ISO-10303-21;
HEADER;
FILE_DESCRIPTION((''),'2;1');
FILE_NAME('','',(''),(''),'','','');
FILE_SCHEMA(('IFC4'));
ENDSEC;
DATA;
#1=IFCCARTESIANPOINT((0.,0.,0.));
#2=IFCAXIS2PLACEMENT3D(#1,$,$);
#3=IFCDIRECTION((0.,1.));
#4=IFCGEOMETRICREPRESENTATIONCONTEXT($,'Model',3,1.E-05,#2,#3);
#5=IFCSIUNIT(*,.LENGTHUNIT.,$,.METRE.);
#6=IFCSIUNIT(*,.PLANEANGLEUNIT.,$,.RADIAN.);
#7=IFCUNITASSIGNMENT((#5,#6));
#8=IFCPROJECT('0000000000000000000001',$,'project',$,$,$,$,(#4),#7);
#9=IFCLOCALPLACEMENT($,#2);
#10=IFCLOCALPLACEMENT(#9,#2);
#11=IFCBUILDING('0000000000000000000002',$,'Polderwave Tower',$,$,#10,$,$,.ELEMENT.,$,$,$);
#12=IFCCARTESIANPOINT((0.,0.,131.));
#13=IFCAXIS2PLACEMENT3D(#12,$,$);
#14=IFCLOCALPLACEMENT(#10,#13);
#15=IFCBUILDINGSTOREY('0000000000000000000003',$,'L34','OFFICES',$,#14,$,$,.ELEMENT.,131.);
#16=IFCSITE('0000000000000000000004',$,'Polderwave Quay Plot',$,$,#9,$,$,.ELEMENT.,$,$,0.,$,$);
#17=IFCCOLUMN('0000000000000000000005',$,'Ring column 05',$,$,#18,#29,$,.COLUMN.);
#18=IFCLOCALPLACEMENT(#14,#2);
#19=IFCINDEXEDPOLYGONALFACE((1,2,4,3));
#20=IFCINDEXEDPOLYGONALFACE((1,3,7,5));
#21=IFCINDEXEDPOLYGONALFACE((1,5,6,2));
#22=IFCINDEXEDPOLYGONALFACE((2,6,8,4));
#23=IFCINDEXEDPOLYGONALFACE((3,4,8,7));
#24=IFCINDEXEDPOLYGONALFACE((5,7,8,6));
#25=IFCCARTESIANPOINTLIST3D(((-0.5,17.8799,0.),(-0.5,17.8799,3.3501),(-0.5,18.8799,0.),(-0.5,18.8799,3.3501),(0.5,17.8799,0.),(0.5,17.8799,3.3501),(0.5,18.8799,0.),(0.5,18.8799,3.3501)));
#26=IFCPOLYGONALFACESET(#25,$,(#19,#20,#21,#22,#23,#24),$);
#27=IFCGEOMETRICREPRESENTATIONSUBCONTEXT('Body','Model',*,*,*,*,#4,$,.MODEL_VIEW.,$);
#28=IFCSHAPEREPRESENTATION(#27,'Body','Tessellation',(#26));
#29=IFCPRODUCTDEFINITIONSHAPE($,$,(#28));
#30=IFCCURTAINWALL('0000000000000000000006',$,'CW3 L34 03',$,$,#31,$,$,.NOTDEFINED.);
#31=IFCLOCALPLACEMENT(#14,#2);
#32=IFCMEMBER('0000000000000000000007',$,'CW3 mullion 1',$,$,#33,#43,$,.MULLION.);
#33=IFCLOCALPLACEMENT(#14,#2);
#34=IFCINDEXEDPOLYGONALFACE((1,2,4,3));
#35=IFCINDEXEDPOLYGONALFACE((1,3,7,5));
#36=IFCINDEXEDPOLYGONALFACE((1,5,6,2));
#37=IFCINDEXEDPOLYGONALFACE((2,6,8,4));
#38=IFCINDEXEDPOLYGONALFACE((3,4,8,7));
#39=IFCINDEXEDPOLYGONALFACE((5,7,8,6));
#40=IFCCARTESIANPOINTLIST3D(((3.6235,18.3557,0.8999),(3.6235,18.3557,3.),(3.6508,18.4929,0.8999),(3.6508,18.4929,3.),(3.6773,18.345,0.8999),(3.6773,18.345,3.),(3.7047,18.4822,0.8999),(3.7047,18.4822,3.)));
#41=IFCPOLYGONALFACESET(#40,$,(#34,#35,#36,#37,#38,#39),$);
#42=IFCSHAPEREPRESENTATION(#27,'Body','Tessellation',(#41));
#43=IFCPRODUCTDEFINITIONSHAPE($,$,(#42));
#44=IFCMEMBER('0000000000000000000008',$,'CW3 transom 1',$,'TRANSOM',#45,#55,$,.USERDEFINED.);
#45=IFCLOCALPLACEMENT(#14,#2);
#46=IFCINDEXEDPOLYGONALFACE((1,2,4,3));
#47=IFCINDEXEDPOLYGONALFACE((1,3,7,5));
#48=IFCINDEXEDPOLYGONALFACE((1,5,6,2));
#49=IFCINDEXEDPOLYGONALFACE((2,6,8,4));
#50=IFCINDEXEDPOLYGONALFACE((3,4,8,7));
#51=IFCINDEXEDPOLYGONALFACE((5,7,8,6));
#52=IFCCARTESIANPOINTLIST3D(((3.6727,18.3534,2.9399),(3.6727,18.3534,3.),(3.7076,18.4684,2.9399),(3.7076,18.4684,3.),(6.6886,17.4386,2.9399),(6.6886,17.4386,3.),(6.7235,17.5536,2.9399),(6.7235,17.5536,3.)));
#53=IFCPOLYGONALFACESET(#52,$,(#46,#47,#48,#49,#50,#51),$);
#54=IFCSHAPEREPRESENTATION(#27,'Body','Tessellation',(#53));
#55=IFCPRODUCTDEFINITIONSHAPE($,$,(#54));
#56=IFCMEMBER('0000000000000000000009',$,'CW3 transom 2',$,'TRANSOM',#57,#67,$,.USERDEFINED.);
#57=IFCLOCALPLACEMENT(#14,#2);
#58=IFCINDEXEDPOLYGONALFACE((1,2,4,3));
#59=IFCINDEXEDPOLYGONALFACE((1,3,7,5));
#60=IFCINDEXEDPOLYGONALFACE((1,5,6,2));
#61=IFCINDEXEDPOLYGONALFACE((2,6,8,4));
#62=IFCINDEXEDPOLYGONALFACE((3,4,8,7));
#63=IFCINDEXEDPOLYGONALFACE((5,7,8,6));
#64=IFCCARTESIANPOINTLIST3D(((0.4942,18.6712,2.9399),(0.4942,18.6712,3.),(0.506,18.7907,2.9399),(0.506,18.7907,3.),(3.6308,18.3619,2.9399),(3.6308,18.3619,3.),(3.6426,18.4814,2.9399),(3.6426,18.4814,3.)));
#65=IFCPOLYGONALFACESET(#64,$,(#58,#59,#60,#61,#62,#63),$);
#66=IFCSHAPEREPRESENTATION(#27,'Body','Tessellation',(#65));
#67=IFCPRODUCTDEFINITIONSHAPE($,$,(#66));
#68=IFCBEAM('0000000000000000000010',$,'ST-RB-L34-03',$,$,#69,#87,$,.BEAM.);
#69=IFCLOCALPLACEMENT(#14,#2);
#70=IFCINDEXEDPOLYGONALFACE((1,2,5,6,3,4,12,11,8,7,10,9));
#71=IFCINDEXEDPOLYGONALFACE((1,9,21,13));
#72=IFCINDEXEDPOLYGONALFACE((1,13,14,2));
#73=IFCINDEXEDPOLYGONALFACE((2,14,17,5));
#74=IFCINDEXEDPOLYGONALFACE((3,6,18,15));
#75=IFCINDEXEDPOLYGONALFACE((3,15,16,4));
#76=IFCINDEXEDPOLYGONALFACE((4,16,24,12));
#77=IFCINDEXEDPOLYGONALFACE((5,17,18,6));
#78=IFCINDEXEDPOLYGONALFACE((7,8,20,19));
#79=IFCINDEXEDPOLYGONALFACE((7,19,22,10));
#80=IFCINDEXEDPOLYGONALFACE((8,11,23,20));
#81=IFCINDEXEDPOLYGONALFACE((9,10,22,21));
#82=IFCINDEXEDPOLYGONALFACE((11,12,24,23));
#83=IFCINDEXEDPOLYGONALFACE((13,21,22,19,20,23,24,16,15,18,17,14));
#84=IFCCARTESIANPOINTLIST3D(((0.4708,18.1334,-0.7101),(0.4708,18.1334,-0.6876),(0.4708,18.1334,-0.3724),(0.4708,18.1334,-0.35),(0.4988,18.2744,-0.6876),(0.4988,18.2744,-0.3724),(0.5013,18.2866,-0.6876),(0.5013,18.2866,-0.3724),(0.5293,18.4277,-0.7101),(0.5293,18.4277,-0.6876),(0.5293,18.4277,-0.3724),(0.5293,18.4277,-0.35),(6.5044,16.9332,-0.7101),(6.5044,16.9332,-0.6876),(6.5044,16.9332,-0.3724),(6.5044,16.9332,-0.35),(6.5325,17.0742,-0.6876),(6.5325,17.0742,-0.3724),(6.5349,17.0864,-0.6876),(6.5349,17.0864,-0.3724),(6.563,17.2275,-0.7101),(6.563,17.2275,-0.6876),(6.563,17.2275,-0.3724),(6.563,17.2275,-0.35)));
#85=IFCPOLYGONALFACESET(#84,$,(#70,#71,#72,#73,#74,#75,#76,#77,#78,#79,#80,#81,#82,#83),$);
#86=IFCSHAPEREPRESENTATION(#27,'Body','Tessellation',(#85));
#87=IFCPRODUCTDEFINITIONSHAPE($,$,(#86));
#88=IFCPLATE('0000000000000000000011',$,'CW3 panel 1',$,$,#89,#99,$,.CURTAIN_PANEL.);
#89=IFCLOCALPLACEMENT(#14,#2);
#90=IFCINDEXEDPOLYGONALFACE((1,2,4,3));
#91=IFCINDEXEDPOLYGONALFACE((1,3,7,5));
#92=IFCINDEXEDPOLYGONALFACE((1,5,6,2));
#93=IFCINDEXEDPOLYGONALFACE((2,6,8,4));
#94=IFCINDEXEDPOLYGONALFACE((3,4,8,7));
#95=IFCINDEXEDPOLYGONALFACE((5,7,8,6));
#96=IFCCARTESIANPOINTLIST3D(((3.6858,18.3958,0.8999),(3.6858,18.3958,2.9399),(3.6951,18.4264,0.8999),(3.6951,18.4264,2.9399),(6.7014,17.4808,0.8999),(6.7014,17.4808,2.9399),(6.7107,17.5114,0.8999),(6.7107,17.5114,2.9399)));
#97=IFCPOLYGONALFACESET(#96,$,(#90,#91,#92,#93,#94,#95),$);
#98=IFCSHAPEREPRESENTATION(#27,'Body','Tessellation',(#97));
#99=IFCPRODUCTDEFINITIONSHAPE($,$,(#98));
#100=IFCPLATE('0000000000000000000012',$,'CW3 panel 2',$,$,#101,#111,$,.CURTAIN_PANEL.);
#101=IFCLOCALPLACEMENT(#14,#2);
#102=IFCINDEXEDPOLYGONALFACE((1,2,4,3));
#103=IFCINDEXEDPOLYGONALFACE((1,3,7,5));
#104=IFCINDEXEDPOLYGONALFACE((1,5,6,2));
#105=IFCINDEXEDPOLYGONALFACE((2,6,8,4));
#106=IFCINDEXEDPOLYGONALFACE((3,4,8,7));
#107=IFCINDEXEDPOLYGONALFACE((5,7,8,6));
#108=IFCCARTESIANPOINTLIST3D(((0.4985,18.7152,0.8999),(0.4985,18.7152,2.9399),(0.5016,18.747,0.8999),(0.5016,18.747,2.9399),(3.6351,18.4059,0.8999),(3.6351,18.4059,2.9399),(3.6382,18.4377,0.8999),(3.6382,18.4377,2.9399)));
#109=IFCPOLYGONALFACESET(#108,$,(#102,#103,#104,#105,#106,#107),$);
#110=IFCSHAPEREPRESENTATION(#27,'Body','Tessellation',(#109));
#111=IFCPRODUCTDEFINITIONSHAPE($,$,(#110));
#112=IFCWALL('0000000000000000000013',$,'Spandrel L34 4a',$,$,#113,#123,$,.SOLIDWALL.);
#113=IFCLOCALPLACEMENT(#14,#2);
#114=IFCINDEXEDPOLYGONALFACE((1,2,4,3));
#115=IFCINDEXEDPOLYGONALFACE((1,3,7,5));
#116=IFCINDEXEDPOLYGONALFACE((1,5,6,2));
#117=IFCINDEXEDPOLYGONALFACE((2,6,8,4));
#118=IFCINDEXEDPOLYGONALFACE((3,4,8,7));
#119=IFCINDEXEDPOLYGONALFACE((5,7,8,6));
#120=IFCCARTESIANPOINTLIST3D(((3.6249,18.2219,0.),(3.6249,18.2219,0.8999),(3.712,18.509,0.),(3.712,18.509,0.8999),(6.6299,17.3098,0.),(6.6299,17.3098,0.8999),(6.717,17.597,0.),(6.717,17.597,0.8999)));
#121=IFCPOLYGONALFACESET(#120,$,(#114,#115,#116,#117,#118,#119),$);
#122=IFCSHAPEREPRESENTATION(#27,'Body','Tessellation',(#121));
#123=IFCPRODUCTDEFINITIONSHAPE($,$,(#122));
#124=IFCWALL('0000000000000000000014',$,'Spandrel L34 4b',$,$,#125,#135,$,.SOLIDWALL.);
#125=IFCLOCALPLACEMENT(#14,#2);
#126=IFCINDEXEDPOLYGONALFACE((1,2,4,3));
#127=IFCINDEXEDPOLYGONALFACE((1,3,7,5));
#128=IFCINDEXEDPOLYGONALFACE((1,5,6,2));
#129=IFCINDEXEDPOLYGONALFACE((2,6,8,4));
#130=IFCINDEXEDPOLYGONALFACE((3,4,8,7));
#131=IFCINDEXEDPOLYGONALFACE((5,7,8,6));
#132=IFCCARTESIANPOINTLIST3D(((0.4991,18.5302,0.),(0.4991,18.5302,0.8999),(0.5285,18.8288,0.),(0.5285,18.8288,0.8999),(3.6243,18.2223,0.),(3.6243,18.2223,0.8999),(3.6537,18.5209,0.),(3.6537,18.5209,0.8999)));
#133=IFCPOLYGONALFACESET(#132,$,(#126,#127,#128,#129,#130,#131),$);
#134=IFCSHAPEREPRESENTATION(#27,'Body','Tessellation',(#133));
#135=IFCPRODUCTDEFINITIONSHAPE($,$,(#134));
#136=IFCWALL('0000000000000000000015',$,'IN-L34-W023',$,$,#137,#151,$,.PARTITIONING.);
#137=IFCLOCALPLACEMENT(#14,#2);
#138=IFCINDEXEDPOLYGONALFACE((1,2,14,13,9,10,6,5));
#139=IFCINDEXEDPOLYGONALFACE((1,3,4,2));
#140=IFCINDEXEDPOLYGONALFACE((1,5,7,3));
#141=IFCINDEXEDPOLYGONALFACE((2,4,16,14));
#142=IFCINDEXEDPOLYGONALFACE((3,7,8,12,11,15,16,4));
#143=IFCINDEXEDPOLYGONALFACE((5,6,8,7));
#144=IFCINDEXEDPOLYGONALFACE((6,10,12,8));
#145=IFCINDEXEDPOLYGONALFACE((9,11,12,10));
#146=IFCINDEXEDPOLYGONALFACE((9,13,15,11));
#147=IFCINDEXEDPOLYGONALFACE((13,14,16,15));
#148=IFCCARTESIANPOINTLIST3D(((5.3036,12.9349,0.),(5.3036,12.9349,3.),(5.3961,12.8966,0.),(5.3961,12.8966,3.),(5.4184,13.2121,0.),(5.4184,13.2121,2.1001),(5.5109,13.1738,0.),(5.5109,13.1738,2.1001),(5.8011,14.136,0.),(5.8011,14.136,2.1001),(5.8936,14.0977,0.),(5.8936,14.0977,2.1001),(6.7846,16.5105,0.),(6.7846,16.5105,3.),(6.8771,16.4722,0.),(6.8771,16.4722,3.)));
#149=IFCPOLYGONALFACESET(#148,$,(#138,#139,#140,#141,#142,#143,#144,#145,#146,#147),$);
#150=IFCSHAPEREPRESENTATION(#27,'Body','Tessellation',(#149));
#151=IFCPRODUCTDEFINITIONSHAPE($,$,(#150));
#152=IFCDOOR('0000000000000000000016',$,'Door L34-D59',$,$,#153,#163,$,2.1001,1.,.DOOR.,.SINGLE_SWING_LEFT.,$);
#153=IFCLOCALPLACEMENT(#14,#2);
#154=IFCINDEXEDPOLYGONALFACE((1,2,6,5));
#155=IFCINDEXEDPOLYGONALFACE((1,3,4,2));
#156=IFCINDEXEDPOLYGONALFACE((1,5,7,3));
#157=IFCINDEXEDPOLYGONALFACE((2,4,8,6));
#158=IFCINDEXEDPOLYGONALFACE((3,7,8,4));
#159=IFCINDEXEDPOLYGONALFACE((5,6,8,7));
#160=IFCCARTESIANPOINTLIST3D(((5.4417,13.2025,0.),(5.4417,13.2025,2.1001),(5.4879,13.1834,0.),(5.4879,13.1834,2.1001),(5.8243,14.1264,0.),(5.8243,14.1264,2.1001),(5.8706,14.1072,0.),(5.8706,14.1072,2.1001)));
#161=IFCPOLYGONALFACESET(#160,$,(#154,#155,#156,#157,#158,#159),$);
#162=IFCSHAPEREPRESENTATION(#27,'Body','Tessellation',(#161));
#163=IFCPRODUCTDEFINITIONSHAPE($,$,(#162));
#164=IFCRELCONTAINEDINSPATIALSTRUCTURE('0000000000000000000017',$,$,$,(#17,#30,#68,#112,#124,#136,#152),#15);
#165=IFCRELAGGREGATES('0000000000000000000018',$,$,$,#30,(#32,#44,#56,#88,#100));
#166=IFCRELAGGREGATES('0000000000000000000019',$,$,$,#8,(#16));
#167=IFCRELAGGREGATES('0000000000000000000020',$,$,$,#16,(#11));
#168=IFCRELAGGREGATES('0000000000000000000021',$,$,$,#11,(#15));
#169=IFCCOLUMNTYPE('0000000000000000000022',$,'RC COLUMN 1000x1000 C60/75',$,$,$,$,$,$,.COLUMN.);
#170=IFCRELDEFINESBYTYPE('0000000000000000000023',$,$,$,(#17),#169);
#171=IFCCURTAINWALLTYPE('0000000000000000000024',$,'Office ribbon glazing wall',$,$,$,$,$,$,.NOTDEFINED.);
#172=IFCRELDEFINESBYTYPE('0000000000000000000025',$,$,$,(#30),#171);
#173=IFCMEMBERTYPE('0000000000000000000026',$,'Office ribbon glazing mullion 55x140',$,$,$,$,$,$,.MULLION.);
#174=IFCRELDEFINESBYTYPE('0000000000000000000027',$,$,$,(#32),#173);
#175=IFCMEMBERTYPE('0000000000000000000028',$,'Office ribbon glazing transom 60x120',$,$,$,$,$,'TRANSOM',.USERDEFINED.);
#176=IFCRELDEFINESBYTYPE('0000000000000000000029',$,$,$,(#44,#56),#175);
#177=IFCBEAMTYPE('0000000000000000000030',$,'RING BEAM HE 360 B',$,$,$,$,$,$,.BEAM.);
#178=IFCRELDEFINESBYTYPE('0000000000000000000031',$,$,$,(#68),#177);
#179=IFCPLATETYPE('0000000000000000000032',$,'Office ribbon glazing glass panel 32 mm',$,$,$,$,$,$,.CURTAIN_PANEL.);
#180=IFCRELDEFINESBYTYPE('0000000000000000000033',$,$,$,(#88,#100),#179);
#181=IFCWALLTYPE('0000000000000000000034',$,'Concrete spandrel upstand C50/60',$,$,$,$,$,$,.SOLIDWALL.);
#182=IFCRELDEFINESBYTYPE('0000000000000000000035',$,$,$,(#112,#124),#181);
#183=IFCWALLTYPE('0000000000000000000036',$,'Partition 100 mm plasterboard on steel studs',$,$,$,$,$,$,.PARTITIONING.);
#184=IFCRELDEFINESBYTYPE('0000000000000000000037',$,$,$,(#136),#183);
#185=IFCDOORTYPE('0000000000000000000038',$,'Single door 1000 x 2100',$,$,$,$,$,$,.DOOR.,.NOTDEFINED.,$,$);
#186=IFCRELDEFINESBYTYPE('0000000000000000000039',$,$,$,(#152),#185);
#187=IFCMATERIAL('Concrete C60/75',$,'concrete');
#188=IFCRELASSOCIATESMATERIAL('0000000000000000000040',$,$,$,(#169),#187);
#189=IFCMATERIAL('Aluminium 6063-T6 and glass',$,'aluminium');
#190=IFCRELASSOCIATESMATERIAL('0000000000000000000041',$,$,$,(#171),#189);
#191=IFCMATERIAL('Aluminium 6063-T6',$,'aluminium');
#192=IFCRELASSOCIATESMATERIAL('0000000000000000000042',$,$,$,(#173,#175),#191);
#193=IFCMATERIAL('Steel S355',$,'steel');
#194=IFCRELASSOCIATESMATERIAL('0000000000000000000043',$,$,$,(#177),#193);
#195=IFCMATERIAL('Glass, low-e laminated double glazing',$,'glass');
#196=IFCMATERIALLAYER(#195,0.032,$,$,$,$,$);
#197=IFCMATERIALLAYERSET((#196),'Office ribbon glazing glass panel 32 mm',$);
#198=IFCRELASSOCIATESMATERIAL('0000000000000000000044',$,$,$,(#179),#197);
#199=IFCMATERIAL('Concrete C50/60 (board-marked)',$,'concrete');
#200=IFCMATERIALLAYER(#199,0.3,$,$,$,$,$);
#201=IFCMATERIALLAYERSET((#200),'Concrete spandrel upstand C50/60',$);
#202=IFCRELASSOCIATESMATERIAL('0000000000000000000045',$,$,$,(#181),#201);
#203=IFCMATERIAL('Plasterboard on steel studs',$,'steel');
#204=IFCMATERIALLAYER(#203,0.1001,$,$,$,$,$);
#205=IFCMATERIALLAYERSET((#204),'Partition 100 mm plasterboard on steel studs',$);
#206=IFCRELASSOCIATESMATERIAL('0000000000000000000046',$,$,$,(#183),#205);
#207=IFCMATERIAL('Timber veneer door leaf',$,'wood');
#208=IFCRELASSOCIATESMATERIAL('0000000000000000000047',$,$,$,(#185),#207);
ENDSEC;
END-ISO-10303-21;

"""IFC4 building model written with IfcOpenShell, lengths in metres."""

from ifc_helpers import new_model, si_unit, direction, frame, frame_2d, origin, origin_2d, place, context, subcontext, project, spatial, rectangle, i_section, extrude, material, layer, layer_set, material_profile, profile_set, type_object, element, fill, aggregate, save


model = new_model("IFC4")

# Units and contexts
model_context = context("Model", 3, precision=1e-05, world=origin(), true_north=direction((0.0, 1.0)))
body_context = subcontext(model_context, "Body", "Model", "MODEL_VIEW")
ifc_project = project(units=[si_unit("LENGTHUNIT", "METRE"), si_unit("PLANEANGLEUNIT", "RADIAN")], contexts=[model_context])

# Site, building, storey
site_placement = place(None, origin())
site = spatial("IfcSite", under=ifc_project, at=site_placement, Name="Polderwave Quay Plot", CompositionType="ELEMENT", RefElevation=0.0)
building_placement = place(site_placement, origin())
building = spatial("IfcBuilding", under=site, at=building_placement, Name="Polderwave Tower", CompositionType="ELEMENT")
storey_placement = place(building_placement, frame((0.0, 0.0, 131.0)))
storey = spatial("IfcBuildingStorey", under=building, at=storey_placement, Name="L34", Description="OFFICES", CompositionType="ELEMENT", Elevation=131.0)

# Column
ifc_material_1 = material(Name="Concrete C60/75", Category="concrete")
ifc_material_profile_1 = material_profile(ifc_material_1, rectangle(XDim=1.0, YDim=1.0, at=origin_2d()), Name="RC 1000x1000")
ifc_profile_set_1 = profile_set([ifc_material_profile_1], Name="Concrete C60/75")
column_type = type_object("IfcColumnType", Name="RC COLUMN 1000x1000 C60/75", PredefinedType="COLUMN", material=ifc_profile_set_1)
column_placement = place(storey_placement, frame((0.0, 18.3799, 0.0), z_axis=(0.0, 0.0, 1.0), x_axis=(0.0, 1.0, 0.0)))
element("IfcColumn", 1, at=column_placement, inside=storey, type_object=column_type, Name="Ring column 05", PredefinedType="COLUMN", context=body_context, shape_type="SweptSolid", body=[
    extrude(rectangle(XDim=1.0, YDim=1.0, at=origin_2d()), origin(), (0.0, 0.0, 1.0), 3.3501),
])

# Curtain wall, members
ifc_material_2 = material(Name="Aluminium 6063-T6 and glass", Category="aluminium")
curtain_wall_type = type_object("IfcCurtainWallType", Name="Office ribbon glazing wall", PredefinedType="NOTDEFINED", material=ifc_material_2)
curtain_wall_placement = place(storey_placement, origin())
curtain_wall = element("IfcCurtainWall", 2, at=curtain_wall_placement, inside=storey, type_object=curtain_wall_type, Name="CW3 L34 03", PredefinedType="NOTDEFINED")
ifc_material_3 = material(Name="Aluminium 6063-T6", Category="aluminium")
ifc_material_profile_2 = material_profile(ifc_material_3, rectangle(XDim=0.1399, YDim=0.0549, at=origin_2d()), Name="AL 55x140")
ifc_profile_set_2 = profile_set([ifc_material_profile_2], Name="Aluminium 6063-T6")
member_type_1 = type_object("IfcMemberType", Name="Office ribbon glazing mullion 55x140", PredefinedType="MULLION", material=ifc_profile_set_2)
member_1_placement = place(storey_placement, frame((3.6641, 18.4189, 0.8999), z_axis=(0.0, 0.0, 1.0), x_axis=(-0.195179, -0.980768, 0.0)))
member_1 = element("IfcMember", 3, at=member_1_placement, type_object=member_type_1, Name="CW3 mullion 1", PredefinedType="MULLION", context=body_context, shape_type="SweptSolid", body=[
    extrude(rectangle(XDim=0.1399, YDim=0.0549, at=origin_2d()), origin(), (0.0, 0.0, 1.0), 2.1001),
])
ifc_material_profile_3 = material_profile(ifc_material_3, rectangle(XDim=0.1201, YDim=0.0601, at=origin_2d()), Name="AL 60x120")
ifc_profile_set_3 = profile_set([ifc_material_profile_3], Name="Aluminium 6063-T6")
member_type_2 = type_object("IfcMemberType", Name="Office ribbon glazing transom 60x120", ElementType="TRANSOM", PredefinedType="USERDEFINED", material=ifc_profile_set_3)
member_2_placement = place(storey_placement, frame((6.7061, 17.4961, 2.97), z_axis=(-0.956946, 0.290268, 0.0), x_axis=(-0.290268, -0.956946, 0.0)))
member_2 = element("IfcMember", 4, at=member_2_placement, type_object=member_type_2, Name="CW3 transom 1", ObjectType="TRANSOM", PredefinedType="USERDEFINED", context=body_context, shape_type="SweptSolid", body=[
    extrude(rectangle(XDim=0.1201, YDim=0.0601, at=origin_2d()), origin(), (0.0, 0.0, 1.0), 3.1516),
])
member_3_placement = place(storey_placement, frame((3.6367, 18.4216, 2.97), z_axis=(-0.995173, 0.098139, 0.0), x_axis=(-0.098139, -0.995173, 0.0)))
member_3 = element("IfcMember", 5, at=member_3_placement, type_object=member_type_2, Name="CW3 transom 2", ObjectType="TRANSOM", PredefinedType="USERDEFINED", context=body_context, shape_type="SweptSolid", body=[
    extrude(rectangle(XDim=0.1201, YDim=0.0601, at=origin_2d()), origin(), (0.0, 0.0, 1.0), 3.1519),
])

# Beam
ifc_material_4 = material(Name="Steel S355", Category="steel")
ifc_material_profile_4 = material_profile(ifc_material_4, i_section(OverallWidth=0.3, OverallDepth=0.3601, WebThickness=0.0125, FlangeThickness=0.0225, at=origin_2d()), Name="HE 360 B")
ifc_profile_set_4 = profile_set([ifc_material_profile_4], Name="Steel S355")
beam_type = type_object("IfcBeamType", Name="RING BEAM HE 360 B", PredefinedType="BEAM", material=ifc_profile_set_4)
beam_placement = place(storey_placement, frame((6.5337, 17.0803, -0.53), z_axis=(-0.980785, 0.195093, 0.0), x_axis=(-0.195093, -0.980785, 0.0)))
element("IfcBeam", 6, at=beam_placement, inside=storey, type_object=beam_type, Name="ST-RB-L34-03", PredefinedType="BEAM", context=body_context, shape_type="SweptSolid", body=[
    extrude(i_section(OverallWidth=0.3, OverallDepth=0.3601, WebThickness=0.0125, FlangeThickness=0.0225, at=origin_2d()), origin(), (0.0, 0.0, 1.0), 6.1519),
])

# Plates
ifc_material_5 = material(Name="Glass, low-e laminated double glazing", Category="glass")
ifc_layer_1 = layer(ifc_material_5, 0.032)
ifc_layer_set_1 = layer_set([ifc_layer_1], Name="Office ribbon glazing glass panel 32 mm")
plate_type = type_object("IfcPlateType", Name="Office ribbon glazing glass panel 32 mm", PredefinedType="CURTAIN_PANEL", material=ifc_layer_set_1)
plate_1_placement = place(storey_placement, frame((5.1982, 17.9536, 0.8999), z_axis=(0.0, 0.0, 1.0), x_axis=(-0.956921, 0.290348, 0.0)))
plate_1 = element("IfcPlate", 7, at=plate_1_placement, type_object=plate_type, Name="CW3 panel 1", PredefinedType="CURTAIN_PANEL", context=body_context, shape_type="SweptSolid", body=[
    extrude(rectangle(XDim=3.1514, YDim=0.032, at=origin_2d()), origin(), (0.0, 0.0, 1.0), 2.04),
])
plate_2_placement = place(storey_placement, frame((2.0684, 18.5764, 0.8999), z_axis=(0.0, 0.0, 1.0), x_axis=(-0.995173, 0.098134, 0.0)))
plate_2 = element("IfcPlate", 8, at=plate_2_placement, type_object=plate_type, Name="CW3 panel 2", PredefinedType="CURTAIN_PANEL", context=body_context, shape_type="SweptSolid", body=[
    extrude(rectangle(XDim=3.1519, YDim=0.032, at=origin_2d()), origin(), (0.0, 0.0, 1.0), 2.04),
])
aggregate(curtain_wall, [member_1, member_2, member_3, plate_1, plate_2])

# Walls
ifc_material_6 = material(Name="Concrete C50/60 (board-marked)", Category="concrete")
ifc_layer_2 = layer(ifc_material_6, 0.3)
ifc_layer_set_2 = layer_set([ifc_layer_2], Name="Concrete spandrel upstand C50/60")
wall_type_1 = type_object("IfcWallType", Name="Concrete spandrel upstand C50/60", PredefinedType="SOLIDWALL", material=ifc_layer_set_2)
for number, where, z_axis, x_axis, name in (
    (9, (6.6736, 17.4534, 0.0), (0.0, 0.0, 1.0), (-0.956895, 0.290435, 0.0), "Spandrel L34 4a"),
    (10, (3.6392, 18.3716, 0.0), (0.0, 0.0, 1.0), (-0.995183, 0.098033, 0.0), "Spandrel L34 4b"),
):
    element("IfcWall", number, at=place(storey_placement, frame(where, z_axis=z_axis, x_axis=x_axis)), inside=storey, type_object=wall_type_1, Name=name, PredefinedType="SOLIDWALL", context=body_context, shape_type="SweptSolid", body=[
        extrude(rectangle(XDim=3.1404, YDim=0.3, at=frame_2d((1.5703, 0.0))), origin(), (0.0, 0.0, 1.0), 0.8999),
    ])

# Wall, opening, door
ifc_material_7 = material(Name="Plasterboard on steel studs", Category="steel")
ifc_layer_3 = layer(ifc_material_7, 0.1001)
ifc_layer_set_3 = layer_set([ifc_layer_3], Name="Partition 100 mm plasterboard on steel studs")
wall_type_2 = type_object("IfcWallType", Name="Partition 100 mm plasterboard on steel studs", PredefinedType="PARTITIONING", material=ifc_layer_set_3)
wall_1_placement = place(storey_placement, frame((5.3499, 12.9158, 0.0), z_axis=(0.0, 0.0, 1.0), x_axis=(0.382675, 0.923883, 0.0)))
wall_1 = element("IfcWall", 11, at=wall_1_placement, inside=storey, type_object=wall_type_2, Name="IN-L34-W023", PredefinedType="PARTITIONING", context=body_context, shape_type="SweptSolid", body=[
    extrude(rectangle(XDim=3.8701, YDim=0.1001, at=frame_2d((1.9351, 0.0))), origin(), (0.0, 0.0, 1.0), 3.0),
])
opening_1_placement = place(wall_1_placement, frame((0.3, 0.0, 0.0)))
opening_1 = element("IfcOpeningElement", 12, at=opening_1_placement, cuts=wall_1, PredefinedType="OPENING", context=body_context, shape_type="SweptSolid", body=[
    extrude(rectangle(XDim=1.0, YDim=2.1001, at=frame_2d((0.5, 1.05))), frame((0.0, 0.0601, 0.0), z_axis=(0.0, -1.0, 0.0), x_axis=(1.0, 0.0, 0.0)), (0.0, 0.0, 1.0), 0.1201),
])
ifc_material_8 = material(Name="Timber veneer door leaf", Category="wood")
door_type = type_object("IfcDoorType", Name="Single door 1000 x 2100", OperationType="NOTDEFINED", PredefinedType="DOOR", material=ifc_material_8)
door_1_placement = place(opening_1_placement, origin())
door_1 = element("IfcDoor", 13, at=door_1_placement, inside=storey, type_object=door_type, Name="Door L34-D59", OperationType="SINGLE_SWING_LEFT", OverallHeight=2.1001, OverallWidth=1.0, PredefinedType="DOOR", context=body_context, shape_type="SweptSolid", body=[
    extrude(rectangle(XDim=1.0, YDim=2.1001, at=frame_2d((0.5, 1.05))), frame((0.0, 0.0249, 0.0), z_axis=(0.0, -1.0, 0.0), x_axis=(1.0, 0.0, 0.0)), (0.0, 0.0, 1.0), 0.05),
])
fill(opening_1, door_1)

save(model, "model.ifc")
